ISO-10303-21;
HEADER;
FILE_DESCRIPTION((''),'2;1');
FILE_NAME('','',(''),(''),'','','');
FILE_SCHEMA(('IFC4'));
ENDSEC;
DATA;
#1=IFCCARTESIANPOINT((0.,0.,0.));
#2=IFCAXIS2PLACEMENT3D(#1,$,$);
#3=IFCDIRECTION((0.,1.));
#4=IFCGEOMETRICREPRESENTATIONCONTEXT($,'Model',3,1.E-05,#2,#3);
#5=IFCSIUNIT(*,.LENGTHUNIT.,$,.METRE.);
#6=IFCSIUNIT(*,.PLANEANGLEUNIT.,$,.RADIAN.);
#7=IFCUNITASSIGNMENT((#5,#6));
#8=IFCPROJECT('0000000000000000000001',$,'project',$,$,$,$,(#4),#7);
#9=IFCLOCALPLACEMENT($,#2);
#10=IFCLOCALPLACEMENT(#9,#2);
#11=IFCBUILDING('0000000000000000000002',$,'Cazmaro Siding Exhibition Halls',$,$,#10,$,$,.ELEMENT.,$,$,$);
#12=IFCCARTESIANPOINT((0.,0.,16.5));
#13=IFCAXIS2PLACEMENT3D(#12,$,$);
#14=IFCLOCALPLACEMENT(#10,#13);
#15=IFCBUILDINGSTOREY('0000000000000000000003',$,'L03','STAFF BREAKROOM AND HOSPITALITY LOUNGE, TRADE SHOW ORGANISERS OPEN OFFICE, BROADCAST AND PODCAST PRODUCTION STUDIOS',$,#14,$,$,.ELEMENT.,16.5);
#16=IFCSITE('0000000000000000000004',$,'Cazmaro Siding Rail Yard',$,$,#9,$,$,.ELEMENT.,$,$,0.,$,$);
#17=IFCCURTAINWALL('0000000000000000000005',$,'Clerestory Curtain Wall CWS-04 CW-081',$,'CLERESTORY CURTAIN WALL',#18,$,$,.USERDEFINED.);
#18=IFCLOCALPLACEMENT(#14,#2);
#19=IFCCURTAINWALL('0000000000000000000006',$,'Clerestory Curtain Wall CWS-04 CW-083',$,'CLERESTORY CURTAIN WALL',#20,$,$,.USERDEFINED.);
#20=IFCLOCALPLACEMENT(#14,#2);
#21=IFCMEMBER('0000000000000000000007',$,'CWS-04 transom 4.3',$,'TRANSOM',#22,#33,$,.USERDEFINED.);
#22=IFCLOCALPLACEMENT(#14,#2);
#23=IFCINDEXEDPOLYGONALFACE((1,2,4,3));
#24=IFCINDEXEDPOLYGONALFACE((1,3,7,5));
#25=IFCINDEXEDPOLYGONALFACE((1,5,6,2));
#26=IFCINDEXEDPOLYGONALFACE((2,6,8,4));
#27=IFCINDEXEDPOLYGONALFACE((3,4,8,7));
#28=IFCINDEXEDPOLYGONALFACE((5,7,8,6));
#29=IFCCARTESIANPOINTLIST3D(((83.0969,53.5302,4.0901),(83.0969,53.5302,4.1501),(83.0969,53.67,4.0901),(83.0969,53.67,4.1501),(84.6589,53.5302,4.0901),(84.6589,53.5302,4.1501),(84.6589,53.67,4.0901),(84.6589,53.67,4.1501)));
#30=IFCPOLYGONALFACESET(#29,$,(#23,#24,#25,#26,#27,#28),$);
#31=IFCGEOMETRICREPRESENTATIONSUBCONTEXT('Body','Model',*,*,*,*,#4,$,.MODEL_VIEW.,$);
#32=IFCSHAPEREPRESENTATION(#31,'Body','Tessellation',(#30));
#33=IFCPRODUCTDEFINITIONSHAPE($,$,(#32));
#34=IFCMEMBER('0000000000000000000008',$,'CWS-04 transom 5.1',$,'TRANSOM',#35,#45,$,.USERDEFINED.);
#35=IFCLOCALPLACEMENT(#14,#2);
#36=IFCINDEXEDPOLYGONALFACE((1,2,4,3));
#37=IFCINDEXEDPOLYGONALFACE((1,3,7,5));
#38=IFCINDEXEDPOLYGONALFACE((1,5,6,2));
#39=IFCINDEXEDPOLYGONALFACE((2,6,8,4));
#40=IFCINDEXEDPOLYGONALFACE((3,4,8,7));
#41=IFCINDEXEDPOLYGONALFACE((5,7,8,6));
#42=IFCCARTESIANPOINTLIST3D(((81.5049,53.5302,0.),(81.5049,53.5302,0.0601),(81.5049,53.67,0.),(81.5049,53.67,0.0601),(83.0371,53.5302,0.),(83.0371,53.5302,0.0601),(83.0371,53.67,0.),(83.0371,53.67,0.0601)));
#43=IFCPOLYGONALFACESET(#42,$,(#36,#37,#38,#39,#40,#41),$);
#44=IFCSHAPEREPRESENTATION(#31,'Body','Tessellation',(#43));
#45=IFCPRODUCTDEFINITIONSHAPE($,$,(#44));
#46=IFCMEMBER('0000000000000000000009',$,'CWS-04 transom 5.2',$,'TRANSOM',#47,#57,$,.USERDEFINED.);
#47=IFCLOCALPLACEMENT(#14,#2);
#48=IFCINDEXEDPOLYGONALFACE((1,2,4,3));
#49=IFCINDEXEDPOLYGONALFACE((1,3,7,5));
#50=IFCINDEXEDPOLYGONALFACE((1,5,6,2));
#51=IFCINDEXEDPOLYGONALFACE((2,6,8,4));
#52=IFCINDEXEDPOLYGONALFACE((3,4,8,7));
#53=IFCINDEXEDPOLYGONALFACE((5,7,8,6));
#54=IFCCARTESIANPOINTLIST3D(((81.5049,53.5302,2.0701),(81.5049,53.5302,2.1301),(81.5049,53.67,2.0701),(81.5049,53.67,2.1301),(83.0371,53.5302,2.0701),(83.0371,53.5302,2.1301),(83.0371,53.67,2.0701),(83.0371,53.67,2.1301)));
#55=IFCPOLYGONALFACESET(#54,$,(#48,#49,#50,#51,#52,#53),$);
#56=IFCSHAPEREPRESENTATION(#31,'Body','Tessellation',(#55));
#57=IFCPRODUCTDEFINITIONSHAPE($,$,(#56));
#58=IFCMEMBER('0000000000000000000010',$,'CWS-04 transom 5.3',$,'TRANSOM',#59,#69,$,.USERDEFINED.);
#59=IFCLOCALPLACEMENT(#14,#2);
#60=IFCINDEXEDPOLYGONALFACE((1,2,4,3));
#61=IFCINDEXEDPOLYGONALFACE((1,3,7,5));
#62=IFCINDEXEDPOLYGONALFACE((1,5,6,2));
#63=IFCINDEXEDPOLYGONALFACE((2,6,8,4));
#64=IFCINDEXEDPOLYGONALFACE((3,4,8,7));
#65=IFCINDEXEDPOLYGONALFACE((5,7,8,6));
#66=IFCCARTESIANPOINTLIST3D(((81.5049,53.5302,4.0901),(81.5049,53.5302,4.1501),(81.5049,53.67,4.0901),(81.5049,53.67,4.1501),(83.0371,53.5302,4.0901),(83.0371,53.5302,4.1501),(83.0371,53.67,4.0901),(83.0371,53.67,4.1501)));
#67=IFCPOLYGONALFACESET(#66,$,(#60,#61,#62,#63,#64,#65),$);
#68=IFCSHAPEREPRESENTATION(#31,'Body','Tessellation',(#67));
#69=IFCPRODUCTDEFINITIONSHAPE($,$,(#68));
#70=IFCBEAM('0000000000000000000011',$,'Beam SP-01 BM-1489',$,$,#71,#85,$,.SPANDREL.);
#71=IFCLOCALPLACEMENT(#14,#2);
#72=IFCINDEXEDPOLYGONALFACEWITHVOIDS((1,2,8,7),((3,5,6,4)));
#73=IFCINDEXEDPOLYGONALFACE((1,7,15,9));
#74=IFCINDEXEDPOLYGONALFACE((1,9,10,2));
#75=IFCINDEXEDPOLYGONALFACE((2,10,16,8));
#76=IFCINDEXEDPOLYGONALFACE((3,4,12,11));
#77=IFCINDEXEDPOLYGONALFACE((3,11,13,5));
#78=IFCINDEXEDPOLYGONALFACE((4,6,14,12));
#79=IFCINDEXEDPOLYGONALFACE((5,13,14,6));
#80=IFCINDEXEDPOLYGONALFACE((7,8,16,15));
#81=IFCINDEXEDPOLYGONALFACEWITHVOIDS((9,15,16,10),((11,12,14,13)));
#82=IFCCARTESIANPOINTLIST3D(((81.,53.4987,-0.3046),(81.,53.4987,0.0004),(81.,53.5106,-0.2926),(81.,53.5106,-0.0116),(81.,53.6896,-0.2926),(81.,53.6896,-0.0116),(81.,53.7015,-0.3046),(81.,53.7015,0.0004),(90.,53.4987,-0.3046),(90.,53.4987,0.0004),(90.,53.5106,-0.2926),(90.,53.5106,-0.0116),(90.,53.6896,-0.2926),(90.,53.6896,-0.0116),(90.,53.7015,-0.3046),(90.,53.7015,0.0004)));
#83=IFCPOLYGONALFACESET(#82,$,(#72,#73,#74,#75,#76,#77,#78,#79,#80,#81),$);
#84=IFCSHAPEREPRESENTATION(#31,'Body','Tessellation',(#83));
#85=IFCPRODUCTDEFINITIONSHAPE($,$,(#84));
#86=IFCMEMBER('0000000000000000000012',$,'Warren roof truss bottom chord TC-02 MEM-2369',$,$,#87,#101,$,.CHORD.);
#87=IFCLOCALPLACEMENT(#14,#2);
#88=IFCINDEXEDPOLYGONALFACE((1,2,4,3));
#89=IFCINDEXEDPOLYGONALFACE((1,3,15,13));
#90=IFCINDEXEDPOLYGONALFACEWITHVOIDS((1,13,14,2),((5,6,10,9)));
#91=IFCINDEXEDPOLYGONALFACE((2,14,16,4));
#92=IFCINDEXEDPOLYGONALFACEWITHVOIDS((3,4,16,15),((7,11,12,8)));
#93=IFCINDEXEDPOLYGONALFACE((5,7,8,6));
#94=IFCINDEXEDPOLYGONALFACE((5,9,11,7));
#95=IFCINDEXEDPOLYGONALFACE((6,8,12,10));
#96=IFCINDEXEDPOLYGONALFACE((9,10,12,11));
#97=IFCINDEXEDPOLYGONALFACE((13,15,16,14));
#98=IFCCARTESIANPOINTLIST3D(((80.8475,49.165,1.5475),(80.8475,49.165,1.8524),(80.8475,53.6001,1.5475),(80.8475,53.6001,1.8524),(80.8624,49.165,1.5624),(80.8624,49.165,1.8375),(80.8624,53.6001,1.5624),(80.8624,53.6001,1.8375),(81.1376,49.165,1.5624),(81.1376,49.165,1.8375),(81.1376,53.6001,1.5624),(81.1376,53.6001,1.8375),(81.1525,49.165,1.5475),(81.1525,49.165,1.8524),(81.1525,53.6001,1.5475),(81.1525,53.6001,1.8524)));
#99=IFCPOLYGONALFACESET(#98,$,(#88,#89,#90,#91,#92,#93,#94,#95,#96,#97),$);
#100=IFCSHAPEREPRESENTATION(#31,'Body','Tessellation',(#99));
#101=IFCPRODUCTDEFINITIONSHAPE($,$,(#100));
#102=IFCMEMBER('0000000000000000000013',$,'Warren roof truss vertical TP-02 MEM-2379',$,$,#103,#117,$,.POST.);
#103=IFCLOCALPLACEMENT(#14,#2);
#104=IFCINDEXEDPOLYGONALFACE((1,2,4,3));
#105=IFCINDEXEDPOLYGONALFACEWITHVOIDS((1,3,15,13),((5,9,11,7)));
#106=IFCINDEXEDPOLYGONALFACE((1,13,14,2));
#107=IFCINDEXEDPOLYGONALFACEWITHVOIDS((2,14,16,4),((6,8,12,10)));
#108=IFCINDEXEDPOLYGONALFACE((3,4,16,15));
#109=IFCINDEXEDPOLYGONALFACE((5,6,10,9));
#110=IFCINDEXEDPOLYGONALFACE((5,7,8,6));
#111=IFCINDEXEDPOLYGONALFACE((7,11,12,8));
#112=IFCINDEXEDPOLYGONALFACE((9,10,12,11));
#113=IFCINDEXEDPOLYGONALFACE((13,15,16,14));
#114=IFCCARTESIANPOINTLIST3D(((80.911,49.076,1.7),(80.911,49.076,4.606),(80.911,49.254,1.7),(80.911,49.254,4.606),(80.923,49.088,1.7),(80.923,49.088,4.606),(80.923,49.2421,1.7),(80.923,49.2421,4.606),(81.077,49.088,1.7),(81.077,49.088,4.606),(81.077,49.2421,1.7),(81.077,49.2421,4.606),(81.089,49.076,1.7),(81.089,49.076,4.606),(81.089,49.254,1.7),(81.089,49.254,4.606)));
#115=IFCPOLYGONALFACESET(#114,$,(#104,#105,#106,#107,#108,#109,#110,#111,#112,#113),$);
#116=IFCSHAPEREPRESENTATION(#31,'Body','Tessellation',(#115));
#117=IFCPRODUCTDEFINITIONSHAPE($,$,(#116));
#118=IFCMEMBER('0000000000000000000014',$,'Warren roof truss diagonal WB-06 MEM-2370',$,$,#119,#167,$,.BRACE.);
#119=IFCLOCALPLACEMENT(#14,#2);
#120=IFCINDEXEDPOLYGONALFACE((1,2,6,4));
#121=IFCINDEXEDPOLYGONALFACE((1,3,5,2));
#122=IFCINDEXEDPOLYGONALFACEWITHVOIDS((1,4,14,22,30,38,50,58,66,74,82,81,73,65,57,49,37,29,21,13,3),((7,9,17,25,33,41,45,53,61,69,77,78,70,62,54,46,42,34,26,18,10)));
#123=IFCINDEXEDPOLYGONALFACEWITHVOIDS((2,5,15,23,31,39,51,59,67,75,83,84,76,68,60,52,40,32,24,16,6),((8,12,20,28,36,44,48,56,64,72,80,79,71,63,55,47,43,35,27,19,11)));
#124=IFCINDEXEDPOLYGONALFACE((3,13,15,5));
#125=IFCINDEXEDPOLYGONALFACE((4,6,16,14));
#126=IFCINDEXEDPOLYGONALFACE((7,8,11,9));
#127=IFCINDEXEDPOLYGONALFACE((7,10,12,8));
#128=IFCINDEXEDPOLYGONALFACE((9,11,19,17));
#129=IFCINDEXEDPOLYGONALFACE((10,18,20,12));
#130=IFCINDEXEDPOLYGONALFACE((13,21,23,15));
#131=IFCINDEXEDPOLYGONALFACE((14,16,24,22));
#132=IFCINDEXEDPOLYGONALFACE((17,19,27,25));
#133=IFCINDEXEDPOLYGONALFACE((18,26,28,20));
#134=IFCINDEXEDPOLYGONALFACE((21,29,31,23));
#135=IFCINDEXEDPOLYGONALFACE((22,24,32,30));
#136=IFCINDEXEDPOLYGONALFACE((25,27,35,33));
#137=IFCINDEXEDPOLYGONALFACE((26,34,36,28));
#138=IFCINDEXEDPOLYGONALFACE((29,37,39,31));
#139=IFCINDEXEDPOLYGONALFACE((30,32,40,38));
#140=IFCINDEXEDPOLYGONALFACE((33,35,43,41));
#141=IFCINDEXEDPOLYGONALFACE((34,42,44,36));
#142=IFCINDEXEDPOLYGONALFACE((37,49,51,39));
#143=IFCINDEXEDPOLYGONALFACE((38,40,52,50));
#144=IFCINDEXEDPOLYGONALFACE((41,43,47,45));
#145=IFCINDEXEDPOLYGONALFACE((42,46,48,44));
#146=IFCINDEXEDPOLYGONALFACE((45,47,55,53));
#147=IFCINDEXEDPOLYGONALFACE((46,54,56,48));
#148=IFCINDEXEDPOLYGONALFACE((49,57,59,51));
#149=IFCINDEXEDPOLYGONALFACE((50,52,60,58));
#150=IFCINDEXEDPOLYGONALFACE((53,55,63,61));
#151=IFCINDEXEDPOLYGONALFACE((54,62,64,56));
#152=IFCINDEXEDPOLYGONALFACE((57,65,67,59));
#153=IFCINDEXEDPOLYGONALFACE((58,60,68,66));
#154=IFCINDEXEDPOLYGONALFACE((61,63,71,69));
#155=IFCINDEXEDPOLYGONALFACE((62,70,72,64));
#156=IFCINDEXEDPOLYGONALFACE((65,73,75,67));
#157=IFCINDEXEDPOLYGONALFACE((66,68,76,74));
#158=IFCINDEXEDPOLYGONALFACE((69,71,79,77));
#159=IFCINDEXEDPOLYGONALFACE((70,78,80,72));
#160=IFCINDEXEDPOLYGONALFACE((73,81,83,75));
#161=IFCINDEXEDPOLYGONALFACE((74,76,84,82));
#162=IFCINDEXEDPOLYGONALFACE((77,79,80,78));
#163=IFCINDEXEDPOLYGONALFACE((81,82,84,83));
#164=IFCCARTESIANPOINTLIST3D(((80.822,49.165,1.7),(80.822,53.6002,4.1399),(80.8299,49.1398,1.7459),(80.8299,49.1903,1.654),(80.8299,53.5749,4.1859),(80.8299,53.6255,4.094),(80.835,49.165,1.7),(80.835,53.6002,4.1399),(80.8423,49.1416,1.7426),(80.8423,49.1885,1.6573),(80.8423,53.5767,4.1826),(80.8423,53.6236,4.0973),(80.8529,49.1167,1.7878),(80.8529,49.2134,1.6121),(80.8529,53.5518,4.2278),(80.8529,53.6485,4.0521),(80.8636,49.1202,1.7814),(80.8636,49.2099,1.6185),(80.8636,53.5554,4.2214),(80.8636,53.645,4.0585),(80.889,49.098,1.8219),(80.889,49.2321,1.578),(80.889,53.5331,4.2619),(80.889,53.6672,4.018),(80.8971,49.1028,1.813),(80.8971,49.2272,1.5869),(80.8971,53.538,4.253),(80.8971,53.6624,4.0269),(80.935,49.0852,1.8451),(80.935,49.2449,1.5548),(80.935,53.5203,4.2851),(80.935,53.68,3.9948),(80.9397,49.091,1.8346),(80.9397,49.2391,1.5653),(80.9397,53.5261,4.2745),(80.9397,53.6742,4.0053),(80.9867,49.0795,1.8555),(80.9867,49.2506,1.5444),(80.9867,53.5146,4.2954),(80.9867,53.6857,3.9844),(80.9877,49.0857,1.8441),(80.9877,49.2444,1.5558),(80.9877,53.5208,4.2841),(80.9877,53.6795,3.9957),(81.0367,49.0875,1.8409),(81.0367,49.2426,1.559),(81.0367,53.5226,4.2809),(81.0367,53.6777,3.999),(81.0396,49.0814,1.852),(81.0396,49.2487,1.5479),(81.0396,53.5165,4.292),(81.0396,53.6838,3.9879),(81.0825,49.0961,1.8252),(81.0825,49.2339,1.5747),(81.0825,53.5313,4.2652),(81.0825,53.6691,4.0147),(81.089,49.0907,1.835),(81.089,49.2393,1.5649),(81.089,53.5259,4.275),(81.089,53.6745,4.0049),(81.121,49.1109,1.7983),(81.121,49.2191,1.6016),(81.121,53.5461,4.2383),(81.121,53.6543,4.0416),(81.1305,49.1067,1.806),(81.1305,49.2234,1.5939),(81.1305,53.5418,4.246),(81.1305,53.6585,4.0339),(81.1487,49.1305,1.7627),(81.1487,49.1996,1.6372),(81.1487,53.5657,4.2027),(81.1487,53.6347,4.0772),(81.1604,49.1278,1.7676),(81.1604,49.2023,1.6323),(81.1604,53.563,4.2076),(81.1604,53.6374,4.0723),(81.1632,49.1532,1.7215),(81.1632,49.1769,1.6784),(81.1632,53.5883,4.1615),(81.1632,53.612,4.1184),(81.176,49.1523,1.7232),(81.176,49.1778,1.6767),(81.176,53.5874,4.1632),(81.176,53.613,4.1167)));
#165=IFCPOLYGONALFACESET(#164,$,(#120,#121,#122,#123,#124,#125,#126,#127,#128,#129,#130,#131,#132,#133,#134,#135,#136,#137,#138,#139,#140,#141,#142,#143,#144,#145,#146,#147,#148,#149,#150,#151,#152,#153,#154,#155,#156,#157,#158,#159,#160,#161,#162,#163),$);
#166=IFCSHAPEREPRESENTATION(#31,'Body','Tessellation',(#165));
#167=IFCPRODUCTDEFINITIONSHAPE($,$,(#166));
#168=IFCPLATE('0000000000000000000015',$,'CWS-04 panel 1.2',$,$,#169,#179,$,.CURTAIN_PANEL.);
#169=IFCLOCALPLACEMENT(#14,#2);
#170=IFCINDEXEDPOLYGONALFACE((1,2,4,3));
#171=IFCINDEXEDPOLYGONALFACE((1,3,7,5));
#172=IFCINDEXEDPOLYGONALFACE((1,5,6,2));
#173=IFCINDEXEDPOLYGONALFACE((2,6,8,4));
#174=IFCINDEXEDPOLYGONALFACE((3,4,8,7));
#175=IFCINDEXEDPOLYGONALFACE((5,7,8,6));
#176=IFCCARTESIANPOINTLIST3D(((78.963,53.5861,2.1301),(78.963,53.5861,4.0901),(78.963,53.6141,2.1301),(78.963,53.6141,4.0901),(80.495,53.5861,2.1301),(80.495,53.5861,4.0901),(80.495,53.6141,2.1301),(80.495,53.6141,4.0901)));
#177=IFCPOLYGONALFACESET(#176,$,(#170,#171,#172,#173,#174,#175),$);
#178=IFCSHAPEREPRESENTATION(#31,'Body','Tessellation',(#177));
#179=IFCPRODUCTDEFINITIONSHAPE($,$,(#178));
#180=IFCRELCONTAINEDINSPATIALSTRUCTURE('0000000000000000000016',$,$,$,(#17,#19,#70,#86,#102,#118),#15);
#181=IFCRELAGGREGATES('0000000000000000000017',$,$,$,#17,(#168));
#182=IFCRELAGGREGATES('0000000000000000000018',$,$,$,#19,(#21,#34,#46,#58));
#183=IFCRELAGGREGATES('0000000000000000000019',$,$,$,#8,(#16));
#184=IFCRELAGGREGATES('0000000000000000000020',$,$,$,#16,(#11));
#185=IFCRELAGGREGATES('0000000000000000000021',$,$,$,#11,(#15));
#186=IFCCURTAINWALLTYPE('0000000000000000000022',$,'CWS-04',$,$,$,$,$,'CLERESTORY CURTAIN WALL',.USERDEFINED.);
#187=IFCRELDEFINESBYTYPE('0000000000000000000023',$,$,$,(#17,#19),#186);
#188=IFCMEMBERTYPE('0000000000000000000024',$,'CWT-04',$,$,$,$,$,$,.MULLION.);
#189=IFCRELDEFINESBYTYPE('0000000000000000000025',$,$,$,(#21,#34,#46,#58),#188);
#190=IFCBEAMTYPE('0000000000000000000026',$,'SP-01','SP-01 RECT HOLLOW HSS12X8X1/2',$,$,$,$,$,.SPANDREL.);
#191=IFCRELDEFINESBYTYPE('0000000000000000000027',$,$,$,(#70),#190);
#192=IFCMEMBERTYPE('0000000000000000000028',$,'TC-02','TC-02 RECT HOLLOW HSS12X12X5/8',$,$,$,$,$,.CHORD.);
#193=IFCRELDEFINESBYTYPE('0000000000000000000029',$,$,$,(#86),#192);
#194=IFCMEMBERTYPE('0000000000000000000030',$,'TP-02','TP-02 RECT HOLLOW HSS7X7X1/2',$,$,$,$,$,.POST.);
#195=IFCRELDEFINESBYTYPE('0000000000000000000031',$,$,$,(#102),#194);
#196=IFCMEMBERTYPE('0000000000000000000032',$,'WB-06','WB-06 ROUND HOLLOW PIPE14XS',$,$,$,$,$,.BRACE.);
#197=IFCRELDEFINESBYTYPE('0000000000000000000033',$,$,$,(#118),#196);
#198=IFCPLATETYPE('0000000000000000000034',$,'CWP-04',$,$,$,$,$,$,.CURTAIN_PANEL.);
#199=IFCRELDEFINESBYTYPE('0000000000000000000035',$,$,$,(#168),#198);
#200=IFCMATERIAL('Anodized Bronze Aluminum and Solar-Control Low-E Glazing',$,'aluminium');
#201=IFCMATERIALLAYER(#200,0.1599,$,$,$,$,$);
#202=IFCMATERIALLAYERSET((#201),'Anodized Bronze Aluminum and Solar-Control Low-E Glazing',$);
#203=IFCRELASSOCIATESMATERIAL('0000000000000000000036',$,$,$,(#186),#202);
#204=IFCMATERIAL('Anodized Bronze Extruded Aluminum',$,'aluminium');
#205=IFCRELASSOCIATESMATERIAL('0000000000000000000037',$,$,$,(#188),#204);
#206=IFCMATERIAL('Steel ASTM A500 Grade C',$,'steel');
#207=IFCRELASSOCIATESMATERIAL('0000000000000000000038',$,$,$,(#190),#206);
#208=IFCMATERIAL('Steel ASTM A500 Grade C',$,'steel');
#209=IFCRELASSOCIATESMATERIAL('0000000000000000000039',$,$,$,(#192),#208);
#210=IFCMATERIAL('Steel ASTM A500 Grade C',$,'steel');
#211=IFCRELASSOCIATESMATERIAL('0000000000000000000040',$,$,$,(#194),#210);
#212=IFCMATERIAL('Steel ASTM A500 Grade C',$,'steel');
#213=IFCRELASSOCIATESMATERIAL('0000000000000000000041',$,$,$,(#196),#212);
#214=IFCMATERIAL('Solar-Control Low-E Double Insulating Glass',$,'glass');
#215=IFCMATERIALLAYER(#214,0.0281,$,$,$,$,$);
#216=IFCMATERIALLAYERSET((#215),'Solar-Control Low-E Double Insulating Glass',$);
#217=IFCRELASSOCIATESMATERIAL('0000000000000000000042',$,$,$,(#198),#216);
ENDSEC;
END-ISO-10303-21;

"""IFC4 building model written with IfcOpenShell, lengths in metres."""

from ifc_helpers import new_model, si_unit, direction, frame, origin, origin_2d, place, context, subcontext, project, spatial, rectangle, hollow_rectangle, hollow_circle, extrude, material, layer, layer_set, material_profile, profile_set, type_object, element, aggregate, save


model = new_model("IFC4")

# Units and contexts
model_context = context("Model", 3, precision=1e-05, world=origin(), true_north=direction((0.0, 1.0)))
body_context = subcontext(model_context, "Body", "Model", "MODEL_VIEW")
ifc_project = project(units=[si_unit("LENGTHUNIT", "METRE"), si_unit("PLANEANGLEUNIT", "RADIAN")], contexts=[model_context])

# Site, building, storey
site_placement = place(None, origin())
site = spatial("IfcSite", under=ifc_project, at=site_placement, Name="Cazmaro Siding Rail Yard", CompositionType="ELEMENT", RefElevation=0.0)
building_placement = place(site_placement, origin())
building = spatial("IfcBuilding", under=site, at=building_placement, Name="Cazmaro Siding Exhibition Halls", CompositionType="ELEMENT")
storey_placement = place(building_placement, frame((0.0, 0.0, 16.5)))
storey = spatial("IfcBuildingStorey", under=building, at=storey_placement, Name="L03", Description="STAFF BREAKROOM AND HOSPITALITY LOUNGE, TRADE SHOW ORGANISERS OPEN OFFICE, BROADCAST AND PODCAST PRODUCTION STUDIOS", CompositionType="ELEMENT", Elevation=16.5)

# Curtain wall
ifc_material_1 = material(Name="Anodized Bronze Aluminum and Solar-Control Low-E Glazing", Category="aluminium")
ifc_layer_1 = layer(ifc_material_1, 0.1599)
ifc_layer_set_1 = layer_set([ifc_layer_1], Name="Anodized Bronze Aluminum and Solar-Control Low-E Glazing")
curtain_wall_type = type_object("IfcCurtainWallType", Name="CWS-04", ElementType="CLERESTORY CURTAIN WALL", PredefinedType="USERDEFINED", material=ifc_layer_set_1)
curtain_wall_1_placement = place(storey_placement, origin())
curtain_wall_1 = element("IfcCurtainWall", 1, at=curtain_wall_1_placement, inside=storey, type_object=curtain_wall_type, Name="Clerestory Curtain Wall CWS-04 CW-081", ObjectType="CLERESTORY CURTAIN WALL", PredefinedType="USERDEFINED")

# Curtain wall
curtain_wall_2_placement = place(storey_placement, origin())
curtain_wall_2 = element("IfcCurtainWall", 2, at=curtain_wall_2_placement, inside=storey, type_object=curtain_wall_type, Name="Clerestory Curtain Wall CWS-04 CW-083", ObjectType="CLERESTORY CURTAIN WALL", PredefinedType="USERDEFINED")

# Members
ifc_material_2 = material(Name="Anodized Bronze Extruded Aluminum", Category="aluminium")
ifc_material_profile_1 = material_profile(ifc_material_2, rectangle(XDim=0.1399, YDim=0.0601, at=origin_2d()), Name="CWT-04")
ifc_profile_set_1 = profile_set([ifc_material_profile_1], Name="Anodized Bronze Extruded Aluminum")
member_type_1 = type_object("IfcMemberType", Name="CWT-04", PredefinedType="MULLION", material=ifc_profile_set_1)
member_1_placement = place(storey_placement, frame((84.6589, 53.6001, 4.1201), z_axis=(-1.0, 0.0, 0.0), x_axis=(0.0, -1.0, 0.0)))
member_1 = element("IfcMember", 3, at=member_1_placement, type_object=member_type_1, Name="CWS-04 transom 4.3", ObjectType="TRANSOM", PredefinedType="USERDEFINED", context=body_context, shape_type="SweptSolid", body=[
    extrude(rectangle(XDim=0.1399, YDim=0.0601, at=origin_2d()), origin(), (0.0, 0.0, 1.0), 1.562),
])
member_2_placement = place(storey_placement, frame((83.0371, 53.6001, 0.03), z_axis=(-1.0, 0.0, 0.0), x_axis=(0.0, -1.0, 0.0)))
member_2 = element("IfcMember", 4, at=member_2_placement, type_object=member_type_1, Name="CWS-04 transom 5.1", ObjectType="TRANSOM", PredefinedType="USERDEFINED", context=body_context, shape_type="SweptSolid", body=[
    extrude(rectangle(XDim=0.1399, YDim=0.0601, at=origin_2d()), origin(), (0.0, 0.0, 1.0), 1.5322),
])
member_3_placement = place(storey_placement, frame((83.0371, 53.6001, 2.1001), z_axis=(-1.0, 0.0, 0.0), x_axis=(0.0, -1.0, 0.0)))
member_3 = element("IfcMember", 5, at=member_3_placement, type_object=member_type_1, Name="CWS-04 transom 5.2", ObjectType="TRANSOM", PredefinedType="USERDEFINED", context=body_context, shape_type="SweptSolid", body=[
    extrude(rectangle(XDim=0.1399, YDim=0.0601, at=origin_2d()), origin(), (0.0, 0.0, 1.0), 1.5322),
])
member_4_placement = place(storey_placement, frame((83.0371, 53.6001, 4.1201), z_axis=(-1.0, 0.0, 0.0), x_axis=(0.0, -1.0, 0.0)))
member_4 = element("IfcMember", 6, at=member_4_placement, type_object=member_type_1, Name="CWS-04 transom 5.3", ObjectType="TRANSOM", PredefinedType="USERDEFINED", context=body_context, shape_type="SweptSolid", body=[
    extrude(rectangle(XDim=0.1399, YDim=0.0601, at=origin_2d()), origin(), (0.0, 0.0, 1.0), 1.5322),
])

# Beam
ifc_material_3 = material(Name="Steel ASTM A500 Grade C", Category="steel")
ifc_material_profile_2 = material_profile(ifc_material_3, hollow_rectangle(XDim=0.2029, YDim=0.3049, WallThickness=0.012, at=origin_2d()), Name="HSS12X8X1/2")
ifc_profile_set_2 = profile_set([ifc_material_profile_2], Name="Steel ASTM A500 Grade C")
beam_type = type_object("IfcBeamType", Name="SP-01", Description="SP-01 RECT HOLLOW HSS12X8X1/2", PredefinedType="SPANDREL", material=ifc_profile_set_2)
beam_placement = place(storey_placement, frame((81.0, 53.6001, -0.1521), z_axis=(1.0, 0.0, 0.0), x_axis=(0.0, 1.0, 0.0)))
element("IfcBeam", 7, at=beam_placement, inside=storey, type_object=beam_type, Name="Beam SP-01 BM-1489", PredefinedType="SPANDREL", context=body_context, shape_type="SweptSolid", body=[
    extrude(hollow_rectangle(XDim=0.2029, YDim=0.3049, WallThickness=0.012, at=origin_2d()), origin(), (0.0, 0.0, 1.0), 9.0),
])

# Members
ifc_material_4 = material(Name="Steel ASTM A500 Grade C", Category="steel")
ifc_material_profile_3 = material_profile(ifc_material_4, hollow_rectangle(XDim=0.3049, YDim=0.3049, WallThickness=0.0149, at=origin_2d()), Name="HSS12X12X5/8")
ifc_profile_set_3 = profile_set([ifc_material_profile_3], Name="Steel ASTM A500 Grade C")
member_type_2 = type_object("IfcMemberType", Name="TC-02", Description="TC-02 RECT HOLLOW HSS12X12X5/8", PredefinedType="CHORD", material=ifc_profile_set_3)
member_5_placement = place(storey_placement, frame((81.0, 49.165, 1.7), z_axis=(0.0, 1.0, 0.0), x_axis=(-1.0, 0.0, 0.0)))
element("IfcMember", 8, at=member_5_placement, inside=storey, type_object=member_type_2, Name="Warren roof truss bottom chord TC-02 MEM-2369", PredefinedType="CHORD", context=body_context, shape_type="SweptSolid", body=[
    extrude(hollow_rectangle(XDim=0.3049, YDim=0.3049, WallThickness=0.0149, at=origin_2d()), origin(), (0.0, 0.0, 1.0), 4.4351),
])
ifc_material_5 = material(Name="Steel ASTM A500 Grade C", Category="steel")
ifc_material_profile_4 = material_profile(ifc_material_5, hollow_rectangle(XDim=0.178, YDim=0.178, WallThickness=0.012, at=origin_2d()), Name="HSS7X7X1/2")
ifc_profile_set_4 = profile_set([ifc_material_profile_4], Name="Steel ASTM A500 Grade C")
member_type_3 = type_object("IfcMemberType", Name="TP-02", Description="TP-02 RECT HOLLOW HSS7X7X1/2", PredefinedType="POST", material=ifc_profile_set_4)
member_6_placement = place(storey_placement, frame((81.0, 49.165, 1.7), z_axis=(0.0, 0.0, 1.0), x_axis=(1.0, 0.0, 0.0)))
element("IfcMember", 9, at=member_6_placement, inside=storey, type_object=member_type_3, Name="Warren roof truss vertical TP-02 MEM-2379", PredefinedType="POST", context=body_context, shape_type="SweptSolid", body=[
    extrude(hollow_rectangle(XDim=0.178, YDim=0.178, WallThickness=0.012, at=origin_2d()), origin(), (0.0, 0.0, 1.0), 2.906),
])
ifc_material_6 = material(Name="Steel ASTM A500 Grade C", Category="steel")
ifc_material_profile_5 = material_profile(ifc_material_6, hollow_circle(Radius=0.178, WallThickness=0.0129, at=origin_2d()), Name="PIPE14XS")
ifc_profile_set_5 = profile_set([ifc_material_profile_5], Name="Steel ASTM A500 Grade C")
member_type_4 = type_object("IfcMemberType", Name="WB-06", Description="WB-06 ROUND HOLLOW PIPE14XS", PredefinedType="BRACE", material=ifc_profile_set_5)
member_7_placement = place(storey_placement, frame((81.0, 49.165, 1.7), z_axis=(0.0, 0.876161, 0.482019), x_axis=(-1.0, 0.0, 0.0)))
element("IfcMember", 10, at=member_7_placement, inside=storey, type_object=member_type_4, Name="Warren roof truss diagonal WB-06 MEM-2370", PredefinedType="BRACE", context=body_context, shape_type="SweptSolid", body=[
    extrude(hollow_circle(Radius=0.178, WallThickness=0.0129, at=origin_2d()), origin(), (0.0, 0.0, 1.0), 5.062),
])

# Plate
ifc_material_7 = material(Name="Solar-Control Low-E Double Insulating Glass", Category="glass")
ifc_layer_2 = layer(ifc_material_7, 0.0281)
ifc_layer_set_2 = layer_set([ifc_layer_2], Name="Solar-Control Low-E Double Insulating Glass")
plate_type = type_object("IfcPlateType", Name="CWP-04", PredefinedType="CURTAIN_PANEL", material=ifc_layer_set_2)
plate_1_placement = place(storey_placement, frame((79.729, 53.6001, 2.1301), z_axis=(0.0, 0.0, 1.0), x_axis=(-1.0, 0.0, 0.0)))
plate_1 = element("IfcPlate", 11, at=plate_1_placement, type_object=plate_type, Name="CWS-04 panel 1.2", PredefinedType="CURTAIN_PANEL", context=body_context, shape_type="SweptSolid", body=[
    extrude(rectangle(XDim=1.532, YDim=0.0281, at=origin_2d()), origin(), (0.0, 0.0, 1.0), 1.96),
])
aggregate(curtain_wall_1, [plate_1])
aggregate(curtain_wall_2, [member_1, member_2, member_3, member_4])

save(model, "model.ifc")
